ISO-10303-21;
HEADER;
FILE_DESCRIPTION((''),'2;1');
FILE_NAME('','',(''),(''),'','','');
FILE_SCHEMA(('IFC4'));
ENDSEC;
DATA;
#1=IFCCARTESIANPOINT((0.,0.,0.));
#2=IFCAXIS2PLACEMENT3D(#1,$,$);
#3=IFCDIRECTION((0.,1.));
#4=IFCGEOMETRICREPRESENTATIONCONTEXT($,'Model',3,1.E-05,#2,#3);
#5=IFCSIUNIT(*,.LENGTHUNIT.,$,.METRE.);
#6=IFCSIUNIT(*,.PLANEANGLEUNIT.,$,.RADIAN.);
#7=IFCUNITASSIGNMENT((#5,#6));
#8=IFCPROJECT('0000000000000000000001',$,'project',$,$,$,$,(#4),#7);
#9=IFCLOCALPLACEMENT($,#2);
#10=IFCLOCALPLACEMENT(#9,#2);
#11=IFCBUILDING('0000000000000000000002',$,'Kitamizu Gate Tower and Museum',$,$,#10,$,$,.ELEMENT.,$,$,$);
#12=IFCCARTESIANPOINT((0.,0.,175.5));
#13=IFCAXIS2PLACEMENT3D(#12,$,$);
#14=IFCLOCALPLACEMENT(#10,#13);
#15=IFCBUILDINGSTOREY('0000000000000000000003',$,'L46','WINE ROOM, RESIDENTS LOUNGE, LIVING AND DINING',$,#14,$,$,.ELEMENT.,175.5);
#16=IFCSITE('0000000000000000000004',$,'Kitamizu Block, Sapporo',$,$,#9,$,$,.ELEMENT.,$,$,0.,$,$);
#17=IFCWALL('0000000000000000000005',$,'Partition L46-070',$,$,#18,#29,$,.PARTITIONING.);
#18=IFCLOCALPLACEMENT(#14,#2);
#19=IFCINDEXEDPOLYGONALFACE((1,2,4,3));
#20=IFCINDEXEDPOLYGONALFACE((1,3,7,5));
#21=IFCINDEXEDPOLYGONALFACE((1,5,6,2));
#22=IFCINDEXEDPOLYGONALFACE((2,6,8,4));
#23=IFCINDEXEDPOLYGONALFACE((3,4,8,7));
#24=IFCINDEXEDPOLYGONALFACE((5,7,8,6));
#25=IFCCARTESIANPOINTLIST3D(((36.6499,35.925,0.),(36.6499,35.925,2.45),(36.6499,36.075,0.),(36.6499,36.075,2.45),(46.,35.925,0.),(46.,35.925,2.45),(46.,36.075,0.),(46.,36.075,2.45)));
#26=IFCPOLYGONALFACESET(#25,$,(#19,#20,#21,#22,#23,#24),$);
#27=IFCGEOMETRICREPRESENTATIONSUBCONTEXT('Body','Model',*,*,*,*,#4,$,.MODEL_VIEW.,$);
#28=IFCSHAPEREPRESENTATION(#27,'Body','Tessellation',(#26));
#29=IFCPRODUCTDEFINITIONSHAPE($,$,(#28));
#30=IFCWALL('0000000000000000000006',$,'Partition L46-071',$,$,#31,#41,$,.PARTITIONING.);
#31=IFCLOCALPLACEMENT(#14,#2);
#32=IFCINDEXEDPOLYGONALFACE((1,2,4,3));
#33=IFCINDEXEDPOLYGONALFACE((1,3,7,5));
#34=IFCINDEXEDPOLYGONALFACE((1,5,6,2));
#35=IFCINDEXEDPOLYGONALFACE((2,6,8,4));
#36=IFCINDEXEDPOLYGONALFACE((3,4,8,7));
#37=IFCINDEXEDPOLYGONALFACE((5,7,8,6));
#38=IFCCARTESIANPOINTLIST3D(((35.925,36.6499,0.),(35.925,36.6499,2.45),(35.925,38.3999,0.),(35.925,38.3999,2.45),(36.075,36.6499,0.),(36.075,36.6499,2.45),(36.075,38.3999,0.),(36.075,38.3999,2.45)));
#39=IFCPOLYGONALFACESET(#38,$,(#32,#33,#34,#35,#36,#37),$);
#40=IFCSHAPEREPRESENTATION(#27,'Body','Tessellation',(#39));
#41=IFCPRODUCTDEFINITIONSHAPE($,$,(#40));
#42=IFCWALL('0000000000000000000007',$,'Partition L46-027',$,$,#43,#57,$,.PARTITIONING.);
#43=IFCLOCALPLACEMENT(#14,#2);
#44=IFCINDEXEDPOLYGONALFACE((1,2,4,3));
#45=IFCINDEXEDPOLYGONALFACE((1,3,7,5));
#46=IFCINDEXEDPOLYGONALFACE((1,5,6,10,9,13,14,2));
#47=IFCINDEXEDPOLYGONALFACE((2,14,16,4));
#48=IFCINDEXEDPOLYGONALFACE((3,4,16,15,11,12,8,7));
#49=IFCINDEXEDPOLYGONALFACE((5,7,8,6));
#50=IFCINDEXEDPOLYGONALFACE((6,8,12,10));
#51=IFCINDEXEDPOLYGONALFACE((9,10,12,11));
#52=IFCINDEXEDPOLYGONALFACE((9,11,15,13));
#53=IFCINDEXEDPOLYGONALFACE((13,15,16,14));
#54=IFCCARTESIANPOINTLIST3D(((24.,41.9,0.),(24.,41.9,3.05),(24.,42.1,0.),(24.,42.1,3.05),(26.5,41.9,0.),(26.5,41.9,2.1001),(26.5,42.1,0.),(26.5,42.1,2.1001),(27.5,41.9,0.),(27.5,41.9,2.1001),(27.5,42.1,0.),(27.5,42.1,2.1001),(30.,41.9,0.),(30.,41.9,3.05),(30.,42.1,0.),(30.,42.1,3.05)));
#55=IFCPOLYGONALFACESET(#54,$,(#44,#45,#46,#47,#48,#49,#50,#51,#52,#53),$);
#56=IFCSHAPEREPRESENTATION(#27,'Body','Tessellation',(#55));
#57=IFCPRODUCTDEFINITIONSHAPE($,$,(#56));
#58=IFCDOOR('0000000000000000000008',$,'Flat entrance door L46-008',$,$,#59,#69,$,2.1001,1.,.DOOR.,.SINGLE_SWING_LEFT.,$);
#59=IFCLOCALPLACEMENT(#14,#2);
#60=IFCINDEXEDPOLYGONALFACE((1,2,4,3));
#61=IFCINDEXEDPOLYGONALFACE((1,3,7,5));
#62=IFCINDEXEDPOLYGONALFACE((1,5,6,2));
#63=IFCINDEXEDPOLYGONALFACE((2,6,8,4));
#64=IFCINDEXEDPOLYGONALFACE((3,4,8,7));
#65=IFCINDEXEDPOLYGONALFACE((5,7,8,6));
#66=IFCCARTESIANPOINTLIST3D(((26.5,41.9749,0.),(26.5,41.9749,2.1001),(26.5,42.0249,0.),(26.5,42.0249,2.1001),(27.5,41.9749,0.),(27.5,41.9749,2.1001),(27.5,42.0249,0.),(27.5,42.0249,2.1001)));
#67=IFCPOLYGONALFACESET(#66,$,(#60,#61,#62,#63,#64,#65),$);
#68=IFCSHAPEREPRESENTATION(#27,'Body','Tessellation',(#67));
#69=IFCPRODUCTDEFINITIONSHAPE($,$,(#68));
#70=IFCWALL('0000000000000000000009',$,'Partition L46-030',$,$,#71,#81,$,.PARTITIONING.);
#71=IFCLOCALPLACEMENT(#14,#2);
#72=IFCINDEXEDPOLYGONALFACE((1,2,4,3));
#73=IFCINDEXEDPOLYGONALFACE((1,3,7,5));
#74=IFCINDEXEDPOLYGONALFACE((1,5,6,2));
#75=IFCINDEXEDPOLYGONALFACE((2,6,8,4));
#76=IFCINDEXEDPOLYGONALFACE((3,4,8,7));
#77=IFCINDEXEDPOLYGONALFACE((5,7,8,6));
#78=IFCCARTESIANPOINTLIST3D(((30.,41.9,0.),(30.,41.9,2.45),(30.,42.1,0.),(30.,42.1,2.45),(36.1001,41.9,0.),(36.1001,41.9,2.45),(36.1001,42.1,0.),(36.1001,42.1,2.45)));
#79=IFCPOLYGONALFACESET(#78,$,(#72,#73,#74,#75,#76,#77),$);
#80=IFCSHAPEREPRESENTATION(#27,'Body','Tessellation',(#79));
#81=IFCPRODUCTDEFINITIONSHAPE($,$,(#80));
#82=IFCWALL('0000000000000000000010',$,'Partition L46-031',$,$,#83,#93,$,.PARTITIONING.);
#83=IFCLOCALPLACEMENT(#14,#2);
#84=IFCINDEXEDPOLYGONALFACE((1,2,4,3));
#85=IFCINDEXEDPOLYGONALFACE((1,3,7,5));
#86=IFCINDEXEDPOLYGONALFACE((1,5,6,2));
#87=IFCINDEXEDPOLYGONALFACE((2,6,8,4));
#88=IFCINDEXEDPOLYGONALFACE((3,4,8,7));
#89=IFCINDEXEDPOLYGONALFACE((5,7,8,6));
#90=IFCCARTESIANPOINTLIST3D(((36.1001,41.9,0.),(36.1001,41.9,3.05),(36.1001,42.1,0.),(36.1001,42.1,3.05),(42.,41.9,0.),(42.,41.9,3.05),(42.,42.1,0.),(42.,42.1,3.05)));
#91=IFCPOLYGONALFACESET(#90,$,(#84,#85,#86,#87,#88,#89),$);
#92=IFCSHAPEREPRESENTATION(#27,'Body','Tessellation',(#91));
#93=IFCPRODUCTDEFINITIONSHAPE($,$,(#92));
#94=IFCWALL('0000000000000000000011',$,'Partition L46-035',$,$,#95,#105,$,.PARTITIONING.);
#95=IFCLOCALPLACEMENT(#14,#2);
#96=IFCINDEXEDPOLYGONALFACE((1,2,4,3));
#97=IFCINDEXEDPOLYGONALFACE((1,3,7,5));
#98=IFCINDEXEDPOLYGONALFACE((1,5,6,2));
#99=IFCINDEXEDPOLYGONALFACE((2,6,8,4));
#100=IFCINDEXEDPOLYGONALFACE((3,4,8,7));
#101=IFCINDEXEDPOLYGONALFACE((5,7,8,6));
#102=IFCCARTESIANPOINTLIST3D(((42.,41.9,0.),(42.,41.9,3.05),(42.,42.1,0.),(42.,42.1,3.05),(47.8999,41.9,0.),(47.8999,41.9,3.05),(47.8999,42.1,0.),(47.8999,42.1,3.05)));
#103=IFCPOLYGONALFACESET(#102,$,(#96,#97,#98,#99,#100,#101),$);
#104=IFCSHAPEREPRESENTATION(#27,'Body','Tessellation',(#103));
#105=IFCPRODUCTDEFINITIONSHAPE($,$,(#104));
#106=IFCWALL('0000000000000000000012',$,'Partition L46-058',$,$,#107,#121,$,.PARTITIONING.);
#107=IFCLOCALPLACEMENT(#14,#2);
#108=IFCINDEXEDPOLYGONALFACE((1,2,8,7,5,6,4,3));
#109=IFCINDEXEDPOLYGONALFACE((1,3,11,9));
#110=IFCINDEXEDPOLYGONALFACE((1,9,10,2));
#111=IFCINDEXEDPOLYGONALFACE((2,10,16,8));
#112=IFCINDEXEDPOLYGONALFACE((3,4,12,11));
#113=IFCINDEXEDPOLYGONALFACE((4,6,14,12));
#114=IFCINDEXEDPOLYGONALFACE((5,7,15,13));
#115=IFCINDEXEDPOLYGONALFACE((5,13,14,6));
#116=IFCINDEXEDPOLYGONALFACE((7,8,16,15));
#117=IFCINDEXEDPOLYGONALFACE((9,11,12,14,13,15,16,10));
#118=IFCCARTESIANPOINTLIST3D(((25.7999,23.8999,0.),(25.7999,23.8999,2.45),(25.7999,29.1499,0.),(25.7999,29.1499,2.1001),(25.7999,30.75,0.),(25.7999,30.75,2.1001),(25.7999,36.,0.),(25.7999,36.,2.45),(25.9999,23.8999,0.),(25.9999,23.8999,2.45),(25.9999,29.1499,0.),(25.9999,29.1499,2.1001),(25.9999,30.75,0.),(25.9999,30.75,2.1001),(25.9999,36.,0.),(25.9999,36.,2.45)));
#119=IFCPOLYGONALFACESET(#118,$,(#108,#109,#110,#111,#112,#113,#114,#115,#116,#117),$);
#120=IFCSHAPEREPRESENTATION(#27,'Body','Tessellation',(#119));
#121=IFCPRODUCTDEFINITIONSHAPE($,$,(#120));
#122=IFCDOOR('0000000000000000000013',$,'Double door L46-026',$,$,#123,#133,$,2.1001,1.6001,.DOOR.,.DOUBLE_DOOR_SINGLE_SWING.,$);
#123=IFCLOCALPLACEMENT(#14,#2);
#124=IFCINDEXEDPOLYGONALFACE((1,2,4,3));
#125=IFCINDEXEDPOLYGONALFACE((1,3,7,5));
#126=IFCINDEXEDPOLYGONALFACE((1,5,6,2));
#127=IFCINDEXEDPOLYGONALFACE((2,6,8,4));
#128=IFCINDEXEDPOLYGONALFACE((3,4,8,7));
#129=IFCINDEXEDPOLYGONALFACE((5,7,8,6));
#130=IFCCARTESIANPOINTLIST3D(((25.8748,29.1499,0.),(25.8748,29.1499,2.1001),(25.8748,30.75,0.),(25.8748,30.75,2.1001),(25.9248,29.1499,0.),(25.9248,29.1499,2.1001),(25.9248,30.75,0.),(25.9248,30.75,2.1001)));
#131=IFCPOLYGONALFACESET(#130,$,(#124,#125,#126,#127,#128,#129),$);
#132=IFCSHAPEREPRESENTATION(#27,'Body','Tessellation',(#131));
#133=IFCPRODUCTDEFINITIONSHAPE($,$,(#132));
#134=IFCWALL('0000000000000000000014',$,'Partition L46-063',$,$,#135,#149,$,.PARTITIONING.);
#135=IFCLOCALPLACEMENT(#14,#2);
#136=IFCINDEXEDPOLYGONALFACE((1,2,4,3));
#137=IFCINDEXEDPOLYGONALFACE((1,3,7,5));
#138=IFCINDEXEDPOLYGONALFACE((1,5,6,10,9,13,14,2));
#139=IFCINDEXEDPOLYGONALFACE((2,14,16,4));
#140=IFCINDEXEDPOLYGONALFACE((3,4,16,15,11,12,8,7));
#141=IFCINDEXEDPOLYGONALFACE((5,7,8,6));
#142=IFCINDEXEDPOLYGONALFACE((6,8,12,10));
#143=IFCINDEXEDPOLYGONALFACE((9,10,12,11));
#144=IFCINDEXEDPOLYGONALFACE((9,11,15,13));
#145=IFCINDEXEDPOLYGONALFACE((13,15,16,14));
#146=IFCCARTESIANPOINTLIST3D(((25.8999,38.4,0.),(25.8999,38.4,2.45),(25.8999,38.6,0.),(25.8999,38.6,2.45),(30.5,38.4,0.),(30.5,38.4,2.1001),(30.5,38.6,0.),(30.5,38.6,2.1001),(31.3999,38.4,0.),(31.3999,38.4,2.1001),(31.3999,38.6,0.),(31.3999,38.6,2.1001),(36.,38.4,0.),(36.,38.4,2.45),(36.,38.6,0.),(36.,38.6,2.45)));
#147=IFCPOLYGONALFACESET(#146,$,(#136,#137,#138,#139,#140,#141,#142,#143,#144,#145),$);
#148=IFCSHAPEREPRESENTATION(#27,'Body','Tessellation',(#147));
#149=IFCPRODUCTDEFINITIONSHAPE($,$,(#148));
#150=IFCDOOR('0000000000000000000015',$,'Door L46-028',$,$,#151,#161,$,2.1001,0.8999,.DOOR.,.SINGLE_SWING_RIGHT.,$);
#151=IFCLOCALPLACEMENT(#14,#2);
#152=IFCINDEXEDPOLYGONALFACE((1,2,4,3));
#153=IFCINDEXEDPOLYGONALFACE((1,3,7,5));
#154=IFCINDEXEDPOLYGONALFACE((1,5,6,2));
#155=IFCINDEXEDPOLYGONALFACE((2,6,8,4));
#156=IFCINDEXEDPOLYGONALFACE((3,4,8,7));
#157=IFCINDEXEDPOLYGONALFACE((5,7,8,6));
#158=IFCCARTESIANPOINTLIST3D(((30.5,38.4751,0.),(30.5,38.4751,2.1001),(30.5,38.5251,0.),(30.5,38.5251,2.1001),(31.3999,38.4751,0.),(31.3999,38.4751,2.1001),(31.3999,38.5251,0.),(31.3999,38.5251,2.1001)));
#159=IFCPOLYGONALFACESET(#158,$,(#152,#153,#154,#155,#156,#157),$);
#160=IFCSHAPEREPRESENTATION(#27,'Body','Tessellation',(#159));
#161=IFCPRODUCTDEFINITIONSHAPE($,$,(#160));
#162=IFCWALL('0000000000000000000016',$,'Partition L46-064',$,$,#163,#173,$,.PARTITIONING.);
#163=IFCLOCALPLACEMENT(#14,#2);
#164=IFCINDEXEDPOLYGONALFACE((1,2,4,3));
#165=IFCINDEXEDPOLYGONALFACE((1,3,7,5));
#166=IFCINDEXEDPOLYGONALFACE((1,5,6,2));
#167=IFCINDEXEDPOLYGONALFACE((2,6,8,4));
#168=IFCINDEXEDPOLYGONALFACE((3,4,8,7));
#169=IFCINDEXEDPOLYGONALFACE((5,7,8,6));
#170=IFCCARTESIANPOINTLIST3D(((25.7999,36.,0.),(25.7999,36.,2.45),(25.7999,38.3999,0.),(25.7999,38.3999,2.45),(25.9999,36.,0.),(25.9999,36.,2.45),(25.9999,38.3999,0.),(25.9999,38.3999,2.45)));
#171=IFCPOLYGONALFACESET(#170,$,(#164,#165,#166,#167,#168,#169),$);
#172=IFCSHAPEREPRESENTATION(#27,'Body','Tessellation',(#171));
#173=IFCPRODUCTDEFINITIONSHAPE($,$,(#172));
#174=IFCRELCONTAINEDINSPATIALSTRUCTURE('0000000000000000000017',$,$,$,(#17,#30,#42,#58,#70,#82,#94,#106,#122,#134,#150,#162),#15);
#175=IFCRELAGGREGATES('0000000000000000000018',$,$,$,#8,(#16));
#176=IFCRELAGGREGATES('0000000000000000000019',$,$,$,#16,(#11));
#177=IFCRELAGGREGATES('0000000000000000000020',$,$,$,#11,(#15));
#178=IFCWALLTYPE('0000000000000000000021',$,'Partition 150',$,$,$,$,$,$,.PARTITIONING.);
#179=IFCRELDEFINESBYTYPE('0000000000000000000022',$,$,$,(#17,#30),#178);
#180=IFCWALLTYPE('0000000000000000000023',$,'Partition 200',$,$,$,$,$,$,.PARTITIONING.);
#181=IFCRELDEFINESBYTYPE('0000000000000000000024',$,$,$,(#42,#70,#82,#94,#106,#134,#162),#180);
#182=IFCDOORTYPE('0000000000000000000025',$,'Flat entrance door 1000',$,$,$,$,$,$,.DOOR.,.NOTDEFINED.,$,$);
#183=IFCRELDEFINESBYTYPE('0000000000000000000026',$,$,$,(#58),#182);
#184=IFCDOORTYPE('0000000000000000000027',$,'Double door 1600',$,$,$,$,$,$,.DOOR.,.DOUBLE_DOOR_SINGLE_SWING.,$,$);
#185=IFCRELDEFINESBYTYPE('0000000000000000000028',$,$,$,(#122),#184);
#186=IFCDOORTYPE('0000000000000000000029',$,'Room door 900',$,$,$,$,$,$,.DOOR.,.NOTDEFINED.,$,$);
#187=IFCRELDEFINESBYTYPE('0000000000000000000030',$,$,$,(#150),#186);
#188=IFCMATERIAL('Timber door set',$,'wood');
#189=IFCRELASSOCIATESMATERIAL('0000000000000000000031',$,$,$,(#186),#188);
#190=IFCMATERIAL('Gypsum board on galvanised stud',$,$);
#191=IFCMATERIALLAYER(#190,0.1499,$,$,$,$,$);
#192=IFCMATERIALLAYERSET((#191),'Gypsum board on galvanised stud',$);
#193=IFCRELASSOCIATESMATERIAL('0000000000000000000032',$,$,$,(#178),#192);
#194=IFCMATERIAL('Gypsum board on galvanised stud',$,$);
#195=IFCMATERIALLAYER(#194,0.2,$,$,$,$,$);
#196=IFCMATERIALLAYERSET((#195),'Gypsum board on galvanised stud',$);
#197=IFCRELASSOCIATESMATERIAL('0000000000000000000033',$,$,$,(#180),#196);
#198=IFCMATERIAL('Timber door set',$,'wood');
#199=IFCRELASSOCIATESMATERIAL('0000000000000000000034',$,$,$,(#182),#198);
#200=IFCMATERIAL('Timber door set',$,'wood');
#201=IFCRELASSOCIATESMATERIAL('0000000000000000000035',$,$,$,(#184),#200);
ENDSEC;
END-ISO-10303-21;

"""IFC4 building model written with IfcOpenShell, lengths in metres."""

from ifc_helpers import new_model, si_unit, direction, frame, frame_2d, origin, place, context, subcontext, project, spatial, rectangle, extrude, material, layer, layer_set, type_object, element, fill, save


model = new_model("IFC4")

# Units and contexts
model_context = context("Model", 3, precision=1e-05, world=origin(), true_north=direction((0.0, 1.0)))
body_context = subcontext(model_context, "Body", "Model", "MODEL_VIEW")
ifc_project = project(units=[si_unit("LENGTHUNIT", "METRE"), si_unit("PLANEANGLEUNIT", "RADIAN")], contexts=[model_context])

# Site, building, storey
site_placement = place(None, origin())
site = spatial("IfcSite", under=ifc_project, at=site_placement, Name="Kitamizu Block, Sapporo", CompositionType="ELEMENT", RefElevation=0.0)
building_placement = place(site_placement, origin())
building = spatial("IfcBuilding", under=site, at=building_placement, Name="Kitamizu Gate Tower and Museum", CompositionType="ELEMENT")
storey_placement = place(building_placement, frame((0.0, 0.0, 175.5)))
storey = spatial("IfcBuildingStorey", under=building, at=storey_placement, Name="L46", Description="WINE ROOM, RESIDENTS LOUNGE, LIVING AND DINING", CompositionType="ELEMENT", Elevation=175.5)

# Shared definitions
ifc_material_1 = material(Name="Timber door set", Category="wood")
door_type_1 = type_object("IfcDoorType", Name="Room door 900", OperationType="NOTDEFINED", PredefinedType="DOOR", material=ifc_material_1)
ifc_material_2 = material(Name="Gypsum board on galvanised stud")
ifc_layer_1 = layer(ifc_material_2, 0.1499)
ifc_layer_set_1 = layer_set([ifc_layer_1], Name="Gypsum board on galvanised stud")
wall_type_1 = type_object("IfcWallType", Name="Partition 150", PredefinedType="PARTITIONING", material=ifc_layer_set_1)

# Walls
for number, where, z_axis, x_axis, name in (
    (1, (46.0, 36.0, 0.0), (0.0, 0.0, 1.0), (-1.0, 0.0, 0.0), "Partition L46-070"),
):
    element("IfcWall", number, at=place(storey_placement, frame(where, z_axis=z_axis, x_axis=x_axis)), inside=storey, type_object=wall_type_1, Name=name, PredefinedType="PARTITIONING", context=body_context, shape_type="SweptSolid", body=[
        extrude(rectangle(XDim=9.3501, YDim=0.1499, at=frame_2d((4.675, 0.0))), origin(), (0.0, 0.0, 1.0), 2.45),
    ])
wall_1_placement = place(storey_placement, frame((36.0, 36.6499, 0.0), z_axis=(0.0, 0.0, 1.0), x_axis=(0.0, 1.0, 0.0)))
element("IfcWall", 2, at=wall_1_placement, inside=storey, type_object=wall_type_1, Name="Partition L46-071", PredefinedType="PARTITIONING", context=body_context, shape_type="SweptSolid", body=[
    extrude(rectangle(XDim=1.75, YDim=0.1499, at=frame_2d((0.875, 0.0))), origin(), (0.0, 0.0, 1.0), 2.45),
])

# Wall, opening, door
ifc_material_3 = material(Name="Gypsum board on galvanised stud")
ifc_layer_2 = layer(ifc_material_3, 0.2)
ifc_layer_set_2 = layer_set([ifc_layer_2], Name="Gypsum board on galvanised stud")
wall_type_2 = type_object("IfcWallType", Name="Partition 200", PredefinedType="PARTITIONING", material=ifc_layer_set_2)
wall_2_placement = place(storey_placement, frame((24.0, 42.0, 0.0), z_axis=(0.0, 0.0, 1.0), x_axis=(1.0, 0.0, 0.0)))
wall_2 = element("IfcWall", 3, at=wall_2_placement, inside=storey, type_object=wall_type_2, Name="Partition L46-027", PredefinedType="PARTITIONING", context=body_context, shape_type="SweptSolid", body=[
    extrude(rectangle(XDim=6.0, YDim=0.2, at=frame_2d((3.0, 0.0))), origin(), (0.0, 0.0, 1.0), 3.05),
])
opening_1_placement = place(wall_2_placement, frame((2.5, 0.0, 0.0)))
opening_1 = element("IfcOpeningElement", 4, at=opening_1_placement, cuts=wall_2, PredefinedType="OPENING", context=body_context, shape_type="SweptSolid", body=[
    extrude(rectangle(XDim=1.0, YDim=2.1001, at=frame_2d((0.5, 1.05))), frame((0.0, 0.1099, 0.0), z_axis=(0.0, -1.0, 0.0), x_axis=(1.0, 0.0, 0.0)), (0.0, 0.0, 1.0), 0.22),
])
ifc_material_4 = material(Name="Timber door set", Category="wood")
door_type_2 = type_object("IfcDoorType", Name="Flat entrance door 1000", OperationType="NOTDEFINED", PredefinedType="DOOR", material=ifc_material_4)
door_1_placement = place(opening_1_placement, origin())
door_1 = element("IfcDoor", 5, at=door_1_placement, inside=storey, type_object=door_type_2, Name="Flat entrance door L46-008", OperationType="SINGLE_SWING_LEFT", OverallHeight=2.1001, OverallWidth=1.0, PredefinedType="DOOR", context=body_context, shape_type="SweptSolid", body=[
    extrude(rectangle(XDim=1.0, YDim=2.1001, at=frame_2d((0.5, 1.05))), frame((0.0, 0.0249, 0.0), z_axis=(0.0, -1.0, 0.0), x_axis=(1.0, 0.0, 0.0)), (0.0, 0.0, 1.0), 0.05),
])
fill(opening_1, door_1)

# Walls
wall_3_placement = place(storey_placement, frame((30.0, 42.0, 0.0), z_axis=(0.0, 0.0, 1.0), x_axis=(1.0, 0.0, 0.0)))
element("IfcWall", 6, at=wall_3_placement, inside=storey, type_object=wall_type_2, Name="Partition L46-030", PredefinedType="PARTITIONING", context=body_context, shape_type="SweptSolid", body=[
    extrude(rectangle(XDim=6.1001, YDim=0.2, at=frame_2d((3.05, 0.0))), origin(), (0.0, 0.0, 1.0), 2.45),
])
for number, where, z_axis, x_axis, name in (
    (7, (36.1001, 42.0, 0.0), (0.0, 0.0, 1.0), (1.0, 0.0, 0.0), "Partition L46-031"),
    (8, (42.0, 42.0, 0.0), (0.0, 0.0, 1.0), (1.0, 0.0, 0.0), "Partition L46-035"),
):
    element("IfcWall", number, at=place(storey_placement, frame(where, z_axis=z_axis, x_axis=x_axis)), inside=storey, type_object=wall_type_2, Name=name, PredefinedType="PARTITIONING", context=body_context, shape_type="SweptSolid", body=[
        extrude(rectangle(XDim=5.8999, YDim=0.2, at=frame_2d((2.95, 0.0))), origin(), (0.0, 0.0, 1.0), 3.05),
    ])

# Walls, openings, doors
wall_4_placement = place(storey_placement, frame((25.8999, 36.0, 0.0), z_axis=(0.0, 0.0, 1.0), x_axis=(0.0, -1.0, 0.0)))
wall_4 = element("IfcWall", 9, at=wall_4_placement, inside=storey, type_object=wall_type_2, Name="Partition L46-058", PredefinedType="PARTITIONING", context=body_context, shape_type="SweptSolid", body=[
    extrude(rectangle(XDim=12.1001, YDim=0.2, at=frame_2d((6.05, 0.0))), origin(), (0.0, 0.0, 1.0), 2.45),
])
opening_2_placement = place(wall_4_placement, frame((5.25, 0.0, 0.0)))
opening_2 = element("IfcOpeningElement", 10, at=opening_2_placement, cuts=wall_4, PredefinedType="OPENING", context=body_context, shape_type="SweptSolid", body=[
    extrude(rectangle(XDim=1.6001, YDim=2.1001, at=frame_2d((0.8, 1.05))), frame((0.0, 0.1099, 0.0), z_axis=(0.0, -1.0, 0.0), x_axis=(1.0, 0.0, 0.0)), (0.0, 0.0, 1.0), 0.22),
])
ifc_material_5 = material(Name="Timber door set", Category="wood")
door_type_3 = type_object("IfcDoorType", Name="Double door 1600", OperationType="DOUBLE_DOOR_SINGLE_SWING", PredefinedType="DOOR", material=ifc_material_5)
door_2_placement = place(opening_2_placement, origin())
door_2 = element("IfcDoor", 11, at=door_2_placement, inside=storey, type_object=door_type_3, Name="Double door L46-026", OperationType="DOUBLE_DOOR_SINGLE_SWING", OverallHeight=2.1001, OverallWidth=1.6001, PredefinedType="DOOR", context=body_context, shape_type="SweptSolid", body=[
    extrude(rectangle(XDim=1.6001, YDim=2.1001, at=frame_2d((0.8, 1.05))), frame((0.0, 0.0249, 0.0), z_axis=(0.0, -1.0, 0.0), x_axis=(1.0, 0.0, 0.0)), (0.0, 0.0, 1.0), 0.05),
])
fill(opening_2, door_2)
wall_5_placement = place(storey_placement, frame((36.0, 38.5, 0.0), z_axis=(0.0, 0.0, 1.0), x_axis=(-1.0, 0.0, 0.0)))
wall_5 = element("IfcWall", 12, at=wall_5_placement, inside=storey, type_object=wall_type_2, Name="Partition L46-063", PredefinedType="PARTITIONING", context=body_context, shape_type="SweptSolid", body=[
    extrude(rectangle(XDim=10.1001, YDim=0.2, at=frame_2d((5.05, 0.0))), origin(), (0.0, 0.0, 1.0), 2.45),
])
opening_3_placement = place(wall_5_placement, frame((4.6001, 0.0, 0.0)))
opening_3 = element("IfcOpeningElement", 13, at=opening_3_placement, cuts=wall_5, PredefinedType="OPENING", context=body_context, shape_type="SweptSolid", body=[
    extrude(rectangle(XDim=0.8999, YDim=2.1001, at=frame_2d((0.45, 1.05))), frame((0.0, 0.1099, 0.0), z_axis=(0.0, -1.0, 0.0), x_axis=(1.0, 0.0, 0.0)), (0.0, 0.0, 1.0), 0.22),
])
door_3_placement = place(opening_3_placement, origin())
door_3 = element("IfcDoor", 14, at=door_3_placement, inside=storey, type_object=door_type_1, Name="Door L46-028", OperationType="SINGLE_SWING_RIGHT", OverallHeight=2.1001, OverallWidth=0.8999, PredefinedType="DOOR", context=body_context, shape_type="SweptSolid", body=[
    extrude(rectangle(XDim=0.8999, YDim=2.1001, at=frame_2d((0.45, 1.05))), frame((0.0, 0.0249, 0.0), z_axis=(0.0, -1.0, 0.0), x_axis=(1.0, 0.0, 0.0)), (0.0, 0.0, 1.0), 0.05),
])
fill(opening_3, door_3)

# Wall
wall_6_placement = place(storey_placement, frame((25.8999, 38.3999, 0.0), z_axis=(0.0, 0.0, 1.0), x_axis=(0.0, -1.0, 0.0)))
element("IfcWall", 15, at=wall_6_placement, inside=storey, type_object=wall_type_2, Name="Partition L46-064", PredefinedType="PARTITIONING", context=body_context, shape_type="SweptSolid", body=[
    extrude(rectangle(XDim=2.3999, YDim=0.2, at=frame_2d((1.2, 0.0))), origin(), (0.0, 0.0, 1.0), 2.45),
])

save(model, "model.ifc")
